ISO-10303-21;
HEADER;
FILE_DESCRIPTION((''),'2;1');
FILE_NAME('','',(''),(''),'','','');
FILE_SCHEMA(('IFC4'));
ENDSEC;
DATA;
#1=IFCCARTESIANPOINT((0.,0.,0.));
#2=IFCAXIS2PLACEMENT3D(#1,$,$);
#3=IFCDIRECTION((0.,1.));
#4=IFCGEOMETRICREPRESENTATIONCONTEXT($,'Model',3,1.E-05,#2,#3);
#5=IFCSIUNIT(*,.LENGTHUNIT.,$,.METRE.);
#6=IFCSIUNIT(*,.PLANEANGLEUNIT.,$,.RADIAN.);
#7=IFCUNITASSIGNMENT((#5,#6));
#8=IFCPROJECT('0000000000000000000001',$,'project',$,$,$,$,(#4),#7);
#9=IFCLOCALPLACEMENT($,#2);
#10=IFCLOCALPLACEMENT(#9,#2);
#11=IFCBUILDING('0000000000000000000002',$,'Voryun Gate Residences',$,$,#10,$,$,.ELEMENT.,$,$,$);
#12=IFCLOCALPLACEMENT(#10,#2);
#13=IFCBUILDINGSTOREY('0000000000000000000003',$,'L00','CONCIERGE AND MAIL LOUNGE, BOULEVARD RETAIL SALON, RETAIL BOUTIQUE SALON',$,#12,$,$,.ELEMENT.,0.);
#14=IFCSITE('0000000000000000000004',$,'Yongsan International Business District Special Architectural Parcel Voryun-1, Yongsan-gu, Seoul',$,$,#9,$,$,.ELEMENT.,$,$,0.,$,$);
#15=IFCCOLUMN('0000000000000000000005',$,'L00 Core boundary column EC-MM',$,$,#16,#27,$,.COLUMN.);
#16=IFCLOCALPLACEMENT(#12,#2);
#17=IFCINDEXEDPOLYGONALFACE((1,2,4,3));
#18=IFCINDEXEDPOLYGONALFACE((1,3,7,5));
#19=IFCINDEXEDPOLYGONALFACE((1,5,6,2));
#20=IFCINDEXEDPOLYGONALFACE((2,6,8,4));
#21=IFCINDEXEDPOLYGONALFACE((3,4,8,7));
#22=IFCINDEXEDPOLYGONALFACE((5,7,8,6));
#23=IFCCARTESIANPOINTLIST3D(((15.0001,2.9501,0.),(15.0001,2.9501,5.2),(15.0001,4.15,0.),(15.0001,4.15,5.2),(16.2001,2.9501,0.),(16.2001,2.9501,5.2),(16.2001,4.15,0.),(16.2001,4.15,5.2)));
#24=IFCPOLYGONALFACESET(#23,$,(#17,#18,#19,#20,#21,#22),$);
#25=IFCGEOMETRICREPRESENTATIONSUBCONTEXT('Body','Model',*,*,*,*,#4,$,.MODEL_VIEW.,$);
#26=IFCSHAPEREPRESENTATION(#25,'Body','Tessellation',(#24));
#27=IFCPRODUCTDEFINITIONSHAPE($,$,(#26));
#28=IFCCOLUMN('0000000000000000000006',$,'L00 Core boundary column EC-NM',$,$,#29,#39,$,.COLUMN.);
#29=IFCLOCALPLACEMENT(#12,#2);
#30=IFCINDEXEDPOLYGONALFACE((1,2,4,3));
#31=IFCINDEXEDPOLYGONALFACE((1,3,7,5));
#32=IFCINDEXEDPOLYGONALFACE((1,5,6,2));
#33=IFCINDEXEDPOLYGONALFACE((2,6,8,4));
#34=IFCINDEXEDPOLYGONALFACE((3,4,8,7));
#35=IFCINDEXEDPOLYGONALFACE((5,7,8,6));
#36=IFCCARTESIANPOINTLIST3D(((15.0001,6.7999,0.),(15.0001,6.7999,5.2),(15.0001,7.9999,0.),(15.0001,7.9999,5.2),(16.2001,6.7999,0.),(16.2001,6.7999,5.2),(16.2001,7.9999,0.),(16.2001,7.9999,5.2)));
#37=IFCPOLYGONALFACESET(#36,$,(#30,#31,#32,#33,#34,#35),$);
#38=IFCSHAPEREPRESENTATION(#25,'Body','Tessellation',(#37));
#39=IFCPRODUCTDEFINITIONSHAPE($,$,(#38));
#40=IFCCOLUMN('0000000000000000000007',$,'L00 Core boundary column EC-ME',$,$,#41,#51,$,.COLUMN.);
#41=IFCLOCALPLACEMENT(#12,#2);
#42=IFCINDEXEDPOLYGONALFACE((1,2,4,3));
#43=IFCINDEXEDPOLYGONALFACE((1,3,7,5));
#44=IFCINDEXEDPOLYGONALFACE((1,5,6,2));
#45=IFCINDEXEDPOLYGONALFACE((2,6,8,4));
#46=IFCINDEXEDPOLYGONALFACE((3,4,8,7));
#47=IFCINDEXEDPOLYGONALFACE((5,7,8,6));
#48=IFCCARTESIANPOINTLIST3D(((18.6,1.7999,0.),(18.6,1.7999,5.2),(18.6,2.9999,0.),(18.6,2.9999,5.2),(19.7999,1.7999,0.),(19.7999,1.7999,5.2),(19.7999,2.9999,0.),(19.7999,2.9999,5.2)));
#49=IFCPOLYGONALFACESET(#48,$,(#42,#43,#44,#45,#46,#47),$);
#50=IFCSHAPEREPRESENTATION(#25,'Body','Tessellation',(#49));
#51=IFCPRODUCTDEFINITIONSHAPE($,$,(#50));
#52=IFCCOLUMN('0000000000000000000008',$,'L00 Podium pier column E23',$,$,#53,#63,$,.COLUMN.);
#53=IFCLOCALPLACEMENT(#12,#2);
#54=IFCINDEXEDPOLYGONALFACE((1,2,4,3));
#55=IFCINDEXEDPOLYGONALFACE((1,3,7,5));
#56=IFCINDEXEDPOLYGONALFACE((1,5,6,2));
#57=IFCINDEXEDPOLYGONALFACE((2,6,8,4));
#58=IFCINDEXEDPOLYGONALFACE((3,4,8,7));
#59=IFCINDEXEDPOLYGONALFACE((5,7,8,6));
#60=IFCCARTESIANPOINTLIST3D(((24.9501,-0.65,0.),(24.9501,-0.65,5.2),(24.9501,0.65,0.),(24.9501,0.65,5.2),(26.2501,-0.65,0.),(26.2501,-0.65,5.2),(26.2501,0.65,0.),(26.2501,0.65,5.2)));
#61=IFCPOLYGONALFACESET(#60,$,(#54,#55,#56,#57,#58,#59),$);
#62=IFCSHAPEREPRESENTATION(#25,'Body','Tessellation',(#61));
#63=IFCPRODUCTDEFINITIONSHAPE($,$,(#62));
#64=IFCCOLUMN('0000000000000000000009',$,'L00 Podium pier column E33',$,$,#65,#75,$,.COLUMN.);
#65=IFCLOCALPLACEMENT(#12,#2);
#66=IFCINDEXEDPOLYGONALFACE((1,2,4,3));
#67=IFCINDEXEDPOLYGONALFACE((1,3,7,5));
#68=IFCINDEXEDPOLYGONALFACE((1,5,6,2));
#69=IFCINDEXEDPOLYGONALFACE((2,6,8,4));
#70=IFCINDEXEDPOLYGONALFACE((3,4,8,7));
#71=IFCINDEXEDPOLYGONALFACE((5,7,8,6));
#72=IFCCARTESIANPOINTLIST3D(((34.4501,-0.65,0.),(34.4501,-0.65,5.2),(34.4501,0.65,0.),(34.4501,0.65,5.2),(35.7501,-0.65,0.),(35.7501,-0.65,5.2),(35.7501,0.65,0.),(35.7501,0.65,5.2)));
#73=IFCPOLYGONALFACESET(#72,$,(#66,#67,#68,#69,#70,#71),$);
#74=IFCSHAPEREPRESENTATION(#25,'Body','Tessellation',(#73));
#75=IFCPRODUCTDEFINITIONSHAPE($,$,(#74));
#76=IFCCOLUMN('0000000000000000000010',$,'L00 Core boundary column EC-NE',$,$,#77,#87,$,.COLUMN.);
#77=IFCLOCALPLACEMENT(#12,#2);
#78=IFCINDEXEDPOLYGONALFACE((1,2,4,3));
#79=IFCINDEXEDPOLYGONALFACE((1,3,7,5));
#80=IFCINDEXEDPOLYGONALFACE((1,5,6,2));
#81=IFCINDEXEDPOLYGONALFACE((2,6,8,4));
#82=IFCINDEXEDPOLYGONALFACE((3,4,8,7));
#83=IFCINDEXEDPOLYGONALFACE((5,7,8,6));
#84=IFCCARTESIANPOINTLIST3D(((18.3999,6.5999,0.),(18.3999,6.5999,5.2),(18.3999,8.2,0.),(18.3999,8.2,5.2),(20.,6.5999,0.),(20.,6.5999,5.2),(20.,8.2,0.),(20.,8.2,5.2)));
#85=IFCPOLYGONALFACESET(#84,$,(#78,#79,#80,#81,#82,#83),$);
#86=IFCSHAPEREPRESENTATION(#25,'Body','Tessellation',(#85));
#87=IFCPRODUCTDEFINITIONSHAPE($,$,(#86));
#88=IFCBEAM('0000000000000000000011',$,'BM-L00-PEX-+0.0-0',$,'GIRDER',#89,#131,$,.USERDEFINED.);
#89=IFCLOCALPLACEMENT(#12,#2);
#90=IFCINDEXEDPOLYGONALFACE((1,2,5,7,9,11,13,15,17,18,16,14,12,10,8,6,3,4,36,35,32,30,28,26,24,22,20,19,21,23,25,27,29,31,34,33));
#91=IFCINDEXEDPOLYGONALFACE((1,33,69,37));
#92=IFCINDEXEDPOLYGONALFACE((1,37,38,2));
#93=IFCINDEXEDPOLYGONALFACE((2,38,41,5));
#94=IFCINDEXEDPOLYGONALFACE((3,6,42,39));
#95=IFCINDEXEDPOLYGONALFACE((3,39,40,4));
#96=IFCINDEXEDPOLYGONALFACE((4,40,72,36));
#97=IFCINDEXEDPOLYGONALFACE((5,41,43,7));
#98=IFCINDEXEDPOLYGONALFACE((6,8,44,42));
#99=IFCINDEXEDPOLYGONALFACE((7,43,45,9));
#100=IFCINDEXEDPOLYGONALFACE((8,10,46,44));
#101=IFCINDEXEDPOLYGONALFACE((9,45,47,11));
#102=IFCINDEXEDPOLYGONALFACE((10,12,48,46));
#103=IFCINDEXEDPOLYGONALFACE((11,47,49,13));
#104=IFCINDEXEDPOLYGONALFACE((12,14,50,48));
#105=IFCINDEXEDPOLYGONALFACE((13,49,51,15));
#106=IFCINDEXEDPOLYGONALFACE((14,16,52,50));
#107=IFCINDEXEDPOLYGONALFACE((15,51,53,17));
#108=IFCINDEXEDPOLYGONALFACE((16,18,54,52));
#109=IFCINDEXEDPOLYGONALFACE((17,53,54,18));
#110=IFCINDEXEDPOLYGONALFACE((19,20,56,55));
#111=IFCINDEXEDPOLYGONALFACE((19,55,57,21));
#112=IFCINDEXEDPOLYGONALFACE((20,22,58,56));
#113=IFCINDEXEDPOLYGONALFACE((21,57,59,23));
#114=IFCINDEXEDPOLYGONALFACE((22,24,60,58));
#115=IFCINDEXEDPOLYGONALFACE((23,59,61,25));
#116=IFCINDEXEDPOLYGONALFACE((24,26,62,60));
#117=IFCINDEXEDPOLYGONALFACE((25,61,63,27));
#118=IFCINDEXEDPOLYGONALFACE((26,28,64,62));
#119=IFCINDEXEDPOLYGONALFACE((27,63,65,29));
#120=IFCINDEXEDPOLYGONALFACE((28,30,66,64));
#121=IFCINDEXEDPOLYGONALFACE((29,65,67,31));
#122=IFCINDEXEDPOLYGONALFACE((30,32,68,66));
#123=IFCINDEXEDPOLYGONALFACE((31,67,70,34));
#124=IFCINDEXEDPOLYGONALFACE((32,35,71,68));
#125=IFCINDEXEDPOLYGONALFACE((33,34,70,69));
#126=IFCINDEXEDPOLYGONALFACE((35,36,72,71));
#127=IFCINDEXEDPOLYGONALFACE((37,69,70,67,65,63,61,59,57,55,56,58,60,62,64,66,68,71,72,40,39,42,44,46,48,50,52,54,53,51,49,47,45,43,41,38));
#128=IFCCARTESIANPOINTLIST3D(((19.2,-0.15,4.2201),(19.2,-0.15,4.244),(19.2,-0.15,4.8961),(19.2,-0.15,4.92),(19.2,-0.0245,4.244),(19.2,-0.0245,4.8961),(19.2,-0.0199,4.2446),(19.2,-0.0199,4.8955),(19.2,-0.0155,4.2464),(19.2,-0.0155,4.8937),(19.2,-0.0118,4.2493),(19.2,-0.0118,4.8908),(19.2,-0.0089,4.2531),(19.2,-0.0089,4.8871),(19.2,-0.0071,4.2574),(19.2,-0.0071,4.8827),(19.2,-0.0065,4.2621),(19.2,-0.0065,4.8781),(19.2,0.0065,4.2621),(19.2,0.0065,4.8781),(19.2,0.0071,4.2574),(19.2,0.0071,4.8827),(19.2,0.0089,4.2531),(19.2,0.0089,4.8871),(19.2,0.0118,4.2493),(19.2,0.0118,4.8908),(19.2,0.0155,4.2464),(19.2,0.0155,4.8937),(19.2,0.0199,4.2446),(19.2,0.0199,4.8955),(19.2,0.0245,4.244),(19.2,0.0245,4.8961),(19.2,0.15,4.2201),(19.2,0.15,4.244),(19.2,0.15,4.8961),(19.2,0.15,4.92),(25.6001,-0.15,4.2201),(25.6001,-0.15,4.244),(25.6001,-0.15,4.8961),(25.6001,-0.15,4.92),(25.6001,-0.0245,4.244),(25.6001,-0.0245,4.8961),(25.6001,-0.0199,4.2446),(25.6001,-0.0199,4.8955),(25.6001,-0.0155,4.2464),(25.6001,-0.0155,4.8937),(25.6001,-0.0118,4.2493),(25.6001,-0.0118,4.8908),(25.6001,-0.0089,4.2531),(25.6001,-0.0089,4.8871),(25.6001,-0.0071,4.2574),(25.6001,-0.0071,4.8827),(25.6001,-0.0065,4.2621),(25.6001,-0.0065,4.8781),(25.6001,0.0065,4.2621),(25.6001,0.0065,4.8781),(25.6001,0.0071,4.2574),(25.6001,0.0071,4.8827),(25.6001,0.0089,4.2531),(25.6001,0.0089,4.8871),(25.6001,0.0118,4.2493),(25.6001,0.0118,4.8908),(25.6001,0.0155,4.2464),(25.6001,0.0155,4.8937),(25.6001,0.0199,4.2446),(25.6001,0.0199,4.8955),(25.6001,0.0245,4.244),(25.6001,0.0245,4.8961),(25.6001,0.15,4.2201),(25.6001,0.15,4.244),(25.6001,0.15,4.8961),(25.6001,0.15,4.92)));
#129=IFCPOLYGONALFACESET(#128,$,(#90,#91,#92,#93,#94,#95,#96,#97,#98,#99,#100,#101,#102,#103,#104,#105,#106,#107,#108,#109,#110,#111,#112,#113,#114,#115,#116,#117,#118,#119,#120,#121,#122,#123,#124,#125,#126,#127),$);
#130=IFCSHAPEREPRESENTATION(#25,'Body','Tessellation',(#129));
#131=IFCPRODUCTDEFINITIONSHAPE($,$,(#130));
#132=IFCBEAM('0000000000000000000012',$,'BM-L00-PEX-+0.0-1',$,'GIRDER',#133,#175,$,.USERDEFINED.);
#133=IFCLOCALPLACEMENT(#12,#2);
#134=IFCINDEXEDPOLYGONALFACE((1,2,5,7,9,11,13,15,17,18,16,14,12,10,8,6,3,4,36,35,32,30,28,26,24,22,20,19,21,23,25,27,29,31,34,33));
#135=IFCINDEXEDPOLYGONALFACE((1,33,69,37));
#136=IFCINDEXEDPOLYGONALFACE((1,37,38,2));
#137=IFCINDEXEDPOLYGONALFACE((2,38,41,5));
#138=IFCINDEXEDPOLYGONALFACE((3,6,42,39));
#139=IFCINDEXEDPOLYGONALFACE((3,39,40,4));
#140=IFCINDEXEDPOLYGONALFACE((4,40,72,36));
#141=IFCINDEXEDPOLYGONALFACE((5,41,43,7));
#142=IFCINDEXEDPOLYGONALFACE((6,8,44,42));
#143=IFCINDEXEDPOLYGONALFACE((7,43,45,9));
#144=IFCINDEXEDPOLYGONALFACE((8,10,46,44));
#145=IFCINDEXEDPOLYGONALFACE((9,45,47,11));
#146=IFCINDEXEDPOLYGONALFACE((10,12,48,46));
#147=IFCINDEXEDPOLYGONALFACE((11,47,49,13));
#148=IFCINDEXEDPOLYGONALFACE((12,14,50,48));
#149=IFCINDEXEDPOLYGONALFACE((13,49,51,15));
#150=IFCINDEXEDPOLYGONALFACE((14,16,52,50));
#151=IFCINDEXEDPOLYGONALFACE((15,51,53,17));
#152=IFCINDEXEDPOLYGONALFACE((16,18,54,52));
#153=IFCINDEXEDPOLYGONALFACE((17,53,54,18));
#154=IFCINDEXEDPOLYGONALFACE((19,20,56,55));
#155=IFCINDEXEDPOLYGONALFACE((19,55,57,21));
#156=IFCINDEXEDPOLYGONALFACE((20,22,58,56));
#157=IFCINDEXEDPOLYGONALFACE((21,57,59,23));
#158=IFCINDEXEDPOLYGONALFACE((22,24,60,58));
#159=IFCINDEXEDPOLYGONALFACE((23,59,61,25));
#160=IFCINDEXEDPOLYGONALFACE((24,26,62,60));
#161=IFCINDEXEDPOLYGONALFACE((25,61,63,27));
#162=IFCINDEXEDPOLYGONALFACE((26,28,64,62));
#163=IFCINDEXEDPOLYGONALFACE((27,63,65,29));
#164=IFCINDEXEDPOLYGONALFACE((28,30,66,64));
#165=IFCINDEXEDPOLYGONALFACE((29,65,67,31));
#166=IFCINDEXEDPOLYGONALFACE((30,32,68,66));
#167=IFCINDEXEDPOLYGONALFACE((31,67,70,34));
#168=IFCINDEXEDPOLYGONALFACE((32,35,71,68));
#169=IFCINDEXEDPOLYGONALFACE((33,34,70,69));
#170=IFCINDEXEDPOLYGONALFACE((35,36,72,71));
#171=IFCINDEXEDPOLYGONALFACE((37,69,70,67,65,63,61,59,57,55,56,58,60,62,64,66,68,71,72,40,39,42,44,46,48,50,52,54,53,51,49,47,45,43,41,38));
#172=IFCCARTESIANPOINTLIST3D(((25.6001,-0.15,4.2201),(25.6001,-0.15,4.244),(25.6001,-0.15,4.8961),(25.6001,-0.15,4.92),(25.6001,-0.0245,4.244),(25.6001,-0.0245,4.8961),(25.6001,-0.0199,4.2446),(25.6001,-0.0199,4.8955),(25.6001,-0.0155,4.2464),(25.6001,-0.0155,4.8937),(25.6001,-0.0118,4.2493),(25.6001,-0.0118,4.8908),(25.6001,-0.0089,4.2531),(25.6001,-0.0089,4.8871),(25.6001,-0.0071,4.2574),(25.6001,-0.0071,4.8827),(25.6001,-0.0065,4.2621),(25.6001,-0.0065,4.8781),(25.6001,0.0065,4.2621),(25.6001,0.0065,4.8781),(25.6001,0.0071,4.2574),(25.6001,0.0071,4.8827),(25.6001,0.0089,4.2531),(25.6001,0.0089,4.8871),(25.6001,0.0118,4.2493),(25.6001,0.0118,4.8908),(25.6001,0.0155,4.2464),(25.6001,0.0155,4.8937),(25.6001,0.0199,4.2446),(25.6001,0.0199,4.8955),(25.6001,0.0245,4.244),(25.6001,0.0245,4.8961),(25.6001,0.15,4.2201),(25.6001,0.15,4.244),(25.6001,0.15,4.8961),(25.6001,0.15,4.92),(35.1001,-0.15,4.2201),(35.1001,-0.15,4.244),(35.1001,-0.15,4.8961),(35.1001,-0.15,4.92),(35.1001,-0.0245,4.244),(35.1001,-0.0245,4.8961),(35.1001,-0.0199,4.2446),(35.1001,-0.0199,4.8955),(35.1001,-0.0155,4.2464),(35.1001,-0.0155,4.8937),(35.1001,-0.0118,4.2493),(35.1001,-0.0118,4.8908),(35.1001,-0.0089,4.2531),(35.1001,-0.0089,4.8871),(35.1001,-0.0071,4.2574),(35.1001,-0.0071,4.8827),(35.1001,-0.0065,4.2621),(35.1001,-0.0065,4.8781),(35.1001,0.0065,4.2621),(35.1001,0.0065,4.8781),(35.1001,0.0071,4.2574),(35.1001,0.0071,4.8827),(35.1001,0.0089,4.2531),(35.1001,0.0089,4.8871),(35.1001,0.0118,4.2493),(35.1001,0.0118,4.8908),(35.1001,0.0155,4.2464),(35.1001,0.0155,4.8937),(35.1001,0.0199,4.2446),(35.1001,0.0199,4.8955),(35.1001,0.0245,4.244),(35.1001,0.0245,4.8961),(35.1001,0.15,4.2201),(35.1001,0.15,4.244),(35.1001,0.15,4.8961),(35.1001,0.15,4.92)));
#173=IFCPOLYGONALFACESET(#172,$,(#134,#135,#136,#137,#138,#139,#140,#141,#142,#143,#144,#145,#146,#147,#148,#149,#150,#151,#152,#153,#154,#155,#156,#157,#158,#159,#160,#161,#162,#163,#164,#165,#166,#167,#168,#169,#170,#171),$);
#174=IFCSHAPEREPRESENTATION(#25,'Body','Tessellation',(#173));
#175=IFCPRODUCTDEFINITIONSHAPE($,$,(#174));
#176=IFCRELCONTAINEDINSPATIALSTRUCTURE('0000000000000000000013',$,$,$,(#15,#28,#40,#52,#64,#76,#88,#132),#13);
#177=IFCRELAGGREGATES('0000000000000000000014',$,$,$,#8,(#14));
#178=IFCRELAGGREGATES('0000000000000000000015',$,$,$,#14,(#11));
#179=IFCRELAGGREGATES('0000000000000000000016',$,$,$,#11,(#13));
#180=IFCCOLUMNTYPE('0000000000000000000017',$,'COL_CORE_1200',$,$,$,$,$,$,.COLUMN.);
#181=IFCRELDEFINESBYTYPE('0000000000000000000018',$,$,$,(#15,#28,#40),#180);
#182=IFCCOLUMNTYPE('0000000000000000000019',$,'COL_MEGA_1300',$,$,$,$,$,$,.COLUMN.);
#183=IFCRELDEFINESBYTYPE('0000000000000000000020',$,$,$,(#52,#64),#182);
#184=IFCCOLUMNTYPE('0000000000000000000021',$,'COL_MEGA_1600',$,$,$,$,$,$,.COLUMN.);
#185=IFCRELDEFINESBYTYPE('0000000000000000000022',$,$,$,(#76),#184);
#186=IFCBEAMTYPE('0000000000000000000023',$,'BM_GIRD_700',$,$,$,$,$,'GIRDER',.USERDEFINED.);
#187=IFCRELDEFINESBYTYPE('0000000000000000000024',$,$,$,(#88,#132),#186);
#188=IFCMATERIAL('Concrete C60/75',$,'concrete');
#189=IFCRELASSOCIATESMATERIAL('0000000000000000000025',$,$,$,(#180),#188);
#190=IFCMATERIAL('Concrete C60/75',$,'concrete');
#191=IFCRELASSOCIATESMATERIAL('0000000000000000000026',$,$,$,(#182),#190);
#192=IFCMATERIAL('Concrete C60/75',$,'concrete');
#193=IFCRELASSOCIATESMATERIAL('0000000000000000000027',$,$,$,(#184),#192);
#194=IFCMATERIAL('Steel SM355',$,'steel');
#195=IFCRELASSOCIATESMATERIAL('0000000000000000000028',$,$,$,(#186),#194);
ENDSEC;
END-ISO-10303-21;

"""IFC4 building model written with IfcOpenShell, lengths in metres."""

from ifc_helpers import new_model, si_unit, direction, frame, origin, origin_2d, place, context, subcontext, project, spatial, rectangle, i_section, extrude, material, material_profile, profile_set, type_object, element, save


model = new_model("IFC4")

# Units and contexts
model_context = context("Model", 3, precision=1e-05, world=origin(), true_north=direction((0.0, 1.0)))
body_context = subcontext(model_context, "Body", "Model", "MODEL_VIEW")
ifc_project = project(units=[si_unit("LENGTHUNIT", "METRE"), si_unit("PLANEANGLEUNIT", "RADIAN")], contexts=[model_context])

# Site, building, storey
site_placement = place(None, origin())
site = spatial("IfcSite", under=ifc_project, at=site_placement, Name="Yongsan International Business District Special Architectural Parcel Voryun-1, Yongsan-gu, Seoul", CompositionType="ELEMENT", RefElevation=0.0)
building_placement = place(site_placement, origin())
building = spatial("IfcBuilding", under=site, at=building_placement, Name="Voryun Gate Residences", CompositionType="ELEMENT")
storey_placement = place(building_placement, origin())
storey = spatial("IfcBuildingStorey", under=building, at=storey_placement, Name="L00", Description="CONCIERGE AND MAIL LOUNGE, BOULEVARD RETAIL SALON, RETAIL BOUTIQUE SALON", CompositionType="ELEMENT", Elevation=0.0)

# Columns
ifc_material_1 = material(Name="Concrete C60/75", Category="concrete")
ifc_material_profile_1 = material_profile(ifc_material_1, rectangle(XDim=1.2, YDim=1.2, at=origin_2d()), Name="RC-1200x1200")
ifc_profile_set_1 = profile_set([ifc_material_profile_1], Name="Concrete C60/75")
column_type_1 = type_object("IfcColumnType", Name="COL_CORE_1200", PredefinedType="COLUMN", material=ifc_profile_set_1)
for number, where, z_axis, x_axis, name in (
    (1, (15.6001, 3.55, 0.0), (0.0, 0.0, 1.0), (1.0, 0.0, 0.0), "L00 Core boundary column EC-MM"),
    (2, (15.6001, 7.3999, 0.0), (0.0, 0.0, 1.0), (1.0, 0.0, 0.0), "L00 Core boundary column EC-NM"),
    (3, (19.2, 2.3999, 0.0), (0.0, 0.0, 1.0), (1.0, 0.0, 0.0), "L00 Core boundary column EC-ME"),
):
    element("IfcColumn", number, at=place(storey_placement, frame(where, z_axis=z_axis, x_axis=x_axis)), inside=storey, type_object=column_type_1, Name=name, PredefinedType="COLUMN", context=body_context, shape_type="SweptSolid", body=[
        extrude(rectangle(XDim=1.2, YDim=1.2, at=origin_2d()), origin(), (0.0, 0.0, 1.0), 5.2),
    ])
ifc_material_2 = material(Name="Concrete C60/75", Category="concrete")
ifc_material_profile_2 = material_profile(ifc_material_2, rectangle(XDim=1.3, YDim=1.3, at=origin_2d()), Name="RC-1300x1300")
ifc_profile_set_2 = profile_set([ifc_material_profile_2], Name="Concrete C60/75")
column_type_2 = type_object("IfcColumnType", Name="COL_MEGA_1300", PredefinedType="COLUMN", material=ifc_profile_set_2)
for number, where, z_axis, x_axis, name in (
    (4, (25.6001, 0.0, 0.0), (0.0, 0.0, 1.0), (1.0, 0.0, 0.0), "L00 Podium pier column E23"),
    (5, (35.1001, 0.0, 0.0), (0.0, 0.0, 1.0), (1.0, 0.0, 0.0), "L00 Podium pier column E33"),
):
    element("IfcColumn", number, at=place(storey_placement, frame(where, z_axis=z_axis, x_axis=x_axis)), inside=storey, type_object=column_type_2, Name=name, PredefinedType="COLUMN", context=body_context, shape_type="SweptSolid", body=[
        extrude(rectangle(XDim=1.3, YDim=1.3, at=origin_2d()), origin(), (0.0, 0.0, 1.0), 5.2),
    ])
ifc_material_3 = material(Name="Concrete C60/75", Category="concrete")
ifc_material_profile_3 = material_profile(ifc_material_3, rectangle(XDim=1.6001, YDim=1.6001, at=origin_2d()), Name="RC-1600x1600")
ifc_profile_set_3 = profile_set([ifc_material_profile_3], Name="Concrete C60/75")
column_type_3 = type_object("IfcColumnType", Name="COL_MEGA_1600", PredefinedType="COLUMN", material=ifc_profile_set_3)
column_placement = place(storey_placement, frame((19.2, 7.3999, 0.0), z_axis=(0.0, 0.0, 1.0), x_axis=(1.0, 0.0, 0.0)))
element("IfcColumn", 6, at=column_placement, inside=storey, type_object=column_type_3, Name="L00 Core boundary column EC-NE", PredefinedType="COLUMN", context=body_context, shape_type="SweptSolid", body=[
    extrude(rectangle(XDim=1.6001, YDim=1.6001, at=origin_2d()), origin(), (0.0, 0.0, 1.0), 5.2),
])

# Beams
ifc_material_4 = material(Name="Steel SM355", Category="steel")
ifc_material_profile_4 = material_profile(ifc_material_4, i_section(OverallWidth=0.3, OverallDepth=0.7, WebThickness=0.0129, FlangeThickness=0.0239, FilletRadius=0.0181, at=origin_2d()), Name="H-700x300x13x24")
ifc_profile_set_4 = profile_set([ifc_material_profile_4], Name="Steel SM355")
beam_type = type_object("IfcBeamType", Name="BM_GIRD_700", ElementType="GIRDER", PredefinedType="USERDEFINED", material=ifc_profile_set_4)
beam_1_placement = place(storey_placement, frame((19.2, 0.0, 4.5701), z_axis=(1.0, 0.0, 0.0), x_axis=(0.0, 1.0, 0.0)))
element("IfcBeam", 7, at=beam_1_placement, inside=storey, type_object=beam_type, Name="BM-L00-PEX-+0.0-0", ObjectType="GIRDER", PredefinedType="USERDEFINED", context=body_context, shape_type="SweptSolid", body=[
    extrude(i_section(OverallWidth=0.3, OverallDepth=0.7, WebThickness=0.0129, FlangeThickness=0.0239, FilletRadius=0.0181, at=origin_2d()), origin(), (0.0, 0.0, 1.0), 6.4001),
])
beam_2_placement = place(storey_placement, frame((25.6001, 0.0, 4.5701), z_axis=(1.0, 0.0, 0.0), x_axis=(0.0, 1.0, 0.0)))
element("IfcBeam", 8, at=beam_2_placement, inside=storey, type_object=beam_type, Name="BM-L00-PEX-+0.0-1", ObjectType="GIRDER", PredefinedType="USERDEFINED", context=body_context, shape_type="SweptSolid", body=[
    extrude(i_section(OverallWidth=0.3, OverallDepth=0.7, WebThickness=0.0129, FlangeThickness=0.0239, FilletRadius=0.0181, at=origin_2d()), origin(), (0.0, 0.0, 1.0), 9.5),
])

save(model, "model.ifc")
